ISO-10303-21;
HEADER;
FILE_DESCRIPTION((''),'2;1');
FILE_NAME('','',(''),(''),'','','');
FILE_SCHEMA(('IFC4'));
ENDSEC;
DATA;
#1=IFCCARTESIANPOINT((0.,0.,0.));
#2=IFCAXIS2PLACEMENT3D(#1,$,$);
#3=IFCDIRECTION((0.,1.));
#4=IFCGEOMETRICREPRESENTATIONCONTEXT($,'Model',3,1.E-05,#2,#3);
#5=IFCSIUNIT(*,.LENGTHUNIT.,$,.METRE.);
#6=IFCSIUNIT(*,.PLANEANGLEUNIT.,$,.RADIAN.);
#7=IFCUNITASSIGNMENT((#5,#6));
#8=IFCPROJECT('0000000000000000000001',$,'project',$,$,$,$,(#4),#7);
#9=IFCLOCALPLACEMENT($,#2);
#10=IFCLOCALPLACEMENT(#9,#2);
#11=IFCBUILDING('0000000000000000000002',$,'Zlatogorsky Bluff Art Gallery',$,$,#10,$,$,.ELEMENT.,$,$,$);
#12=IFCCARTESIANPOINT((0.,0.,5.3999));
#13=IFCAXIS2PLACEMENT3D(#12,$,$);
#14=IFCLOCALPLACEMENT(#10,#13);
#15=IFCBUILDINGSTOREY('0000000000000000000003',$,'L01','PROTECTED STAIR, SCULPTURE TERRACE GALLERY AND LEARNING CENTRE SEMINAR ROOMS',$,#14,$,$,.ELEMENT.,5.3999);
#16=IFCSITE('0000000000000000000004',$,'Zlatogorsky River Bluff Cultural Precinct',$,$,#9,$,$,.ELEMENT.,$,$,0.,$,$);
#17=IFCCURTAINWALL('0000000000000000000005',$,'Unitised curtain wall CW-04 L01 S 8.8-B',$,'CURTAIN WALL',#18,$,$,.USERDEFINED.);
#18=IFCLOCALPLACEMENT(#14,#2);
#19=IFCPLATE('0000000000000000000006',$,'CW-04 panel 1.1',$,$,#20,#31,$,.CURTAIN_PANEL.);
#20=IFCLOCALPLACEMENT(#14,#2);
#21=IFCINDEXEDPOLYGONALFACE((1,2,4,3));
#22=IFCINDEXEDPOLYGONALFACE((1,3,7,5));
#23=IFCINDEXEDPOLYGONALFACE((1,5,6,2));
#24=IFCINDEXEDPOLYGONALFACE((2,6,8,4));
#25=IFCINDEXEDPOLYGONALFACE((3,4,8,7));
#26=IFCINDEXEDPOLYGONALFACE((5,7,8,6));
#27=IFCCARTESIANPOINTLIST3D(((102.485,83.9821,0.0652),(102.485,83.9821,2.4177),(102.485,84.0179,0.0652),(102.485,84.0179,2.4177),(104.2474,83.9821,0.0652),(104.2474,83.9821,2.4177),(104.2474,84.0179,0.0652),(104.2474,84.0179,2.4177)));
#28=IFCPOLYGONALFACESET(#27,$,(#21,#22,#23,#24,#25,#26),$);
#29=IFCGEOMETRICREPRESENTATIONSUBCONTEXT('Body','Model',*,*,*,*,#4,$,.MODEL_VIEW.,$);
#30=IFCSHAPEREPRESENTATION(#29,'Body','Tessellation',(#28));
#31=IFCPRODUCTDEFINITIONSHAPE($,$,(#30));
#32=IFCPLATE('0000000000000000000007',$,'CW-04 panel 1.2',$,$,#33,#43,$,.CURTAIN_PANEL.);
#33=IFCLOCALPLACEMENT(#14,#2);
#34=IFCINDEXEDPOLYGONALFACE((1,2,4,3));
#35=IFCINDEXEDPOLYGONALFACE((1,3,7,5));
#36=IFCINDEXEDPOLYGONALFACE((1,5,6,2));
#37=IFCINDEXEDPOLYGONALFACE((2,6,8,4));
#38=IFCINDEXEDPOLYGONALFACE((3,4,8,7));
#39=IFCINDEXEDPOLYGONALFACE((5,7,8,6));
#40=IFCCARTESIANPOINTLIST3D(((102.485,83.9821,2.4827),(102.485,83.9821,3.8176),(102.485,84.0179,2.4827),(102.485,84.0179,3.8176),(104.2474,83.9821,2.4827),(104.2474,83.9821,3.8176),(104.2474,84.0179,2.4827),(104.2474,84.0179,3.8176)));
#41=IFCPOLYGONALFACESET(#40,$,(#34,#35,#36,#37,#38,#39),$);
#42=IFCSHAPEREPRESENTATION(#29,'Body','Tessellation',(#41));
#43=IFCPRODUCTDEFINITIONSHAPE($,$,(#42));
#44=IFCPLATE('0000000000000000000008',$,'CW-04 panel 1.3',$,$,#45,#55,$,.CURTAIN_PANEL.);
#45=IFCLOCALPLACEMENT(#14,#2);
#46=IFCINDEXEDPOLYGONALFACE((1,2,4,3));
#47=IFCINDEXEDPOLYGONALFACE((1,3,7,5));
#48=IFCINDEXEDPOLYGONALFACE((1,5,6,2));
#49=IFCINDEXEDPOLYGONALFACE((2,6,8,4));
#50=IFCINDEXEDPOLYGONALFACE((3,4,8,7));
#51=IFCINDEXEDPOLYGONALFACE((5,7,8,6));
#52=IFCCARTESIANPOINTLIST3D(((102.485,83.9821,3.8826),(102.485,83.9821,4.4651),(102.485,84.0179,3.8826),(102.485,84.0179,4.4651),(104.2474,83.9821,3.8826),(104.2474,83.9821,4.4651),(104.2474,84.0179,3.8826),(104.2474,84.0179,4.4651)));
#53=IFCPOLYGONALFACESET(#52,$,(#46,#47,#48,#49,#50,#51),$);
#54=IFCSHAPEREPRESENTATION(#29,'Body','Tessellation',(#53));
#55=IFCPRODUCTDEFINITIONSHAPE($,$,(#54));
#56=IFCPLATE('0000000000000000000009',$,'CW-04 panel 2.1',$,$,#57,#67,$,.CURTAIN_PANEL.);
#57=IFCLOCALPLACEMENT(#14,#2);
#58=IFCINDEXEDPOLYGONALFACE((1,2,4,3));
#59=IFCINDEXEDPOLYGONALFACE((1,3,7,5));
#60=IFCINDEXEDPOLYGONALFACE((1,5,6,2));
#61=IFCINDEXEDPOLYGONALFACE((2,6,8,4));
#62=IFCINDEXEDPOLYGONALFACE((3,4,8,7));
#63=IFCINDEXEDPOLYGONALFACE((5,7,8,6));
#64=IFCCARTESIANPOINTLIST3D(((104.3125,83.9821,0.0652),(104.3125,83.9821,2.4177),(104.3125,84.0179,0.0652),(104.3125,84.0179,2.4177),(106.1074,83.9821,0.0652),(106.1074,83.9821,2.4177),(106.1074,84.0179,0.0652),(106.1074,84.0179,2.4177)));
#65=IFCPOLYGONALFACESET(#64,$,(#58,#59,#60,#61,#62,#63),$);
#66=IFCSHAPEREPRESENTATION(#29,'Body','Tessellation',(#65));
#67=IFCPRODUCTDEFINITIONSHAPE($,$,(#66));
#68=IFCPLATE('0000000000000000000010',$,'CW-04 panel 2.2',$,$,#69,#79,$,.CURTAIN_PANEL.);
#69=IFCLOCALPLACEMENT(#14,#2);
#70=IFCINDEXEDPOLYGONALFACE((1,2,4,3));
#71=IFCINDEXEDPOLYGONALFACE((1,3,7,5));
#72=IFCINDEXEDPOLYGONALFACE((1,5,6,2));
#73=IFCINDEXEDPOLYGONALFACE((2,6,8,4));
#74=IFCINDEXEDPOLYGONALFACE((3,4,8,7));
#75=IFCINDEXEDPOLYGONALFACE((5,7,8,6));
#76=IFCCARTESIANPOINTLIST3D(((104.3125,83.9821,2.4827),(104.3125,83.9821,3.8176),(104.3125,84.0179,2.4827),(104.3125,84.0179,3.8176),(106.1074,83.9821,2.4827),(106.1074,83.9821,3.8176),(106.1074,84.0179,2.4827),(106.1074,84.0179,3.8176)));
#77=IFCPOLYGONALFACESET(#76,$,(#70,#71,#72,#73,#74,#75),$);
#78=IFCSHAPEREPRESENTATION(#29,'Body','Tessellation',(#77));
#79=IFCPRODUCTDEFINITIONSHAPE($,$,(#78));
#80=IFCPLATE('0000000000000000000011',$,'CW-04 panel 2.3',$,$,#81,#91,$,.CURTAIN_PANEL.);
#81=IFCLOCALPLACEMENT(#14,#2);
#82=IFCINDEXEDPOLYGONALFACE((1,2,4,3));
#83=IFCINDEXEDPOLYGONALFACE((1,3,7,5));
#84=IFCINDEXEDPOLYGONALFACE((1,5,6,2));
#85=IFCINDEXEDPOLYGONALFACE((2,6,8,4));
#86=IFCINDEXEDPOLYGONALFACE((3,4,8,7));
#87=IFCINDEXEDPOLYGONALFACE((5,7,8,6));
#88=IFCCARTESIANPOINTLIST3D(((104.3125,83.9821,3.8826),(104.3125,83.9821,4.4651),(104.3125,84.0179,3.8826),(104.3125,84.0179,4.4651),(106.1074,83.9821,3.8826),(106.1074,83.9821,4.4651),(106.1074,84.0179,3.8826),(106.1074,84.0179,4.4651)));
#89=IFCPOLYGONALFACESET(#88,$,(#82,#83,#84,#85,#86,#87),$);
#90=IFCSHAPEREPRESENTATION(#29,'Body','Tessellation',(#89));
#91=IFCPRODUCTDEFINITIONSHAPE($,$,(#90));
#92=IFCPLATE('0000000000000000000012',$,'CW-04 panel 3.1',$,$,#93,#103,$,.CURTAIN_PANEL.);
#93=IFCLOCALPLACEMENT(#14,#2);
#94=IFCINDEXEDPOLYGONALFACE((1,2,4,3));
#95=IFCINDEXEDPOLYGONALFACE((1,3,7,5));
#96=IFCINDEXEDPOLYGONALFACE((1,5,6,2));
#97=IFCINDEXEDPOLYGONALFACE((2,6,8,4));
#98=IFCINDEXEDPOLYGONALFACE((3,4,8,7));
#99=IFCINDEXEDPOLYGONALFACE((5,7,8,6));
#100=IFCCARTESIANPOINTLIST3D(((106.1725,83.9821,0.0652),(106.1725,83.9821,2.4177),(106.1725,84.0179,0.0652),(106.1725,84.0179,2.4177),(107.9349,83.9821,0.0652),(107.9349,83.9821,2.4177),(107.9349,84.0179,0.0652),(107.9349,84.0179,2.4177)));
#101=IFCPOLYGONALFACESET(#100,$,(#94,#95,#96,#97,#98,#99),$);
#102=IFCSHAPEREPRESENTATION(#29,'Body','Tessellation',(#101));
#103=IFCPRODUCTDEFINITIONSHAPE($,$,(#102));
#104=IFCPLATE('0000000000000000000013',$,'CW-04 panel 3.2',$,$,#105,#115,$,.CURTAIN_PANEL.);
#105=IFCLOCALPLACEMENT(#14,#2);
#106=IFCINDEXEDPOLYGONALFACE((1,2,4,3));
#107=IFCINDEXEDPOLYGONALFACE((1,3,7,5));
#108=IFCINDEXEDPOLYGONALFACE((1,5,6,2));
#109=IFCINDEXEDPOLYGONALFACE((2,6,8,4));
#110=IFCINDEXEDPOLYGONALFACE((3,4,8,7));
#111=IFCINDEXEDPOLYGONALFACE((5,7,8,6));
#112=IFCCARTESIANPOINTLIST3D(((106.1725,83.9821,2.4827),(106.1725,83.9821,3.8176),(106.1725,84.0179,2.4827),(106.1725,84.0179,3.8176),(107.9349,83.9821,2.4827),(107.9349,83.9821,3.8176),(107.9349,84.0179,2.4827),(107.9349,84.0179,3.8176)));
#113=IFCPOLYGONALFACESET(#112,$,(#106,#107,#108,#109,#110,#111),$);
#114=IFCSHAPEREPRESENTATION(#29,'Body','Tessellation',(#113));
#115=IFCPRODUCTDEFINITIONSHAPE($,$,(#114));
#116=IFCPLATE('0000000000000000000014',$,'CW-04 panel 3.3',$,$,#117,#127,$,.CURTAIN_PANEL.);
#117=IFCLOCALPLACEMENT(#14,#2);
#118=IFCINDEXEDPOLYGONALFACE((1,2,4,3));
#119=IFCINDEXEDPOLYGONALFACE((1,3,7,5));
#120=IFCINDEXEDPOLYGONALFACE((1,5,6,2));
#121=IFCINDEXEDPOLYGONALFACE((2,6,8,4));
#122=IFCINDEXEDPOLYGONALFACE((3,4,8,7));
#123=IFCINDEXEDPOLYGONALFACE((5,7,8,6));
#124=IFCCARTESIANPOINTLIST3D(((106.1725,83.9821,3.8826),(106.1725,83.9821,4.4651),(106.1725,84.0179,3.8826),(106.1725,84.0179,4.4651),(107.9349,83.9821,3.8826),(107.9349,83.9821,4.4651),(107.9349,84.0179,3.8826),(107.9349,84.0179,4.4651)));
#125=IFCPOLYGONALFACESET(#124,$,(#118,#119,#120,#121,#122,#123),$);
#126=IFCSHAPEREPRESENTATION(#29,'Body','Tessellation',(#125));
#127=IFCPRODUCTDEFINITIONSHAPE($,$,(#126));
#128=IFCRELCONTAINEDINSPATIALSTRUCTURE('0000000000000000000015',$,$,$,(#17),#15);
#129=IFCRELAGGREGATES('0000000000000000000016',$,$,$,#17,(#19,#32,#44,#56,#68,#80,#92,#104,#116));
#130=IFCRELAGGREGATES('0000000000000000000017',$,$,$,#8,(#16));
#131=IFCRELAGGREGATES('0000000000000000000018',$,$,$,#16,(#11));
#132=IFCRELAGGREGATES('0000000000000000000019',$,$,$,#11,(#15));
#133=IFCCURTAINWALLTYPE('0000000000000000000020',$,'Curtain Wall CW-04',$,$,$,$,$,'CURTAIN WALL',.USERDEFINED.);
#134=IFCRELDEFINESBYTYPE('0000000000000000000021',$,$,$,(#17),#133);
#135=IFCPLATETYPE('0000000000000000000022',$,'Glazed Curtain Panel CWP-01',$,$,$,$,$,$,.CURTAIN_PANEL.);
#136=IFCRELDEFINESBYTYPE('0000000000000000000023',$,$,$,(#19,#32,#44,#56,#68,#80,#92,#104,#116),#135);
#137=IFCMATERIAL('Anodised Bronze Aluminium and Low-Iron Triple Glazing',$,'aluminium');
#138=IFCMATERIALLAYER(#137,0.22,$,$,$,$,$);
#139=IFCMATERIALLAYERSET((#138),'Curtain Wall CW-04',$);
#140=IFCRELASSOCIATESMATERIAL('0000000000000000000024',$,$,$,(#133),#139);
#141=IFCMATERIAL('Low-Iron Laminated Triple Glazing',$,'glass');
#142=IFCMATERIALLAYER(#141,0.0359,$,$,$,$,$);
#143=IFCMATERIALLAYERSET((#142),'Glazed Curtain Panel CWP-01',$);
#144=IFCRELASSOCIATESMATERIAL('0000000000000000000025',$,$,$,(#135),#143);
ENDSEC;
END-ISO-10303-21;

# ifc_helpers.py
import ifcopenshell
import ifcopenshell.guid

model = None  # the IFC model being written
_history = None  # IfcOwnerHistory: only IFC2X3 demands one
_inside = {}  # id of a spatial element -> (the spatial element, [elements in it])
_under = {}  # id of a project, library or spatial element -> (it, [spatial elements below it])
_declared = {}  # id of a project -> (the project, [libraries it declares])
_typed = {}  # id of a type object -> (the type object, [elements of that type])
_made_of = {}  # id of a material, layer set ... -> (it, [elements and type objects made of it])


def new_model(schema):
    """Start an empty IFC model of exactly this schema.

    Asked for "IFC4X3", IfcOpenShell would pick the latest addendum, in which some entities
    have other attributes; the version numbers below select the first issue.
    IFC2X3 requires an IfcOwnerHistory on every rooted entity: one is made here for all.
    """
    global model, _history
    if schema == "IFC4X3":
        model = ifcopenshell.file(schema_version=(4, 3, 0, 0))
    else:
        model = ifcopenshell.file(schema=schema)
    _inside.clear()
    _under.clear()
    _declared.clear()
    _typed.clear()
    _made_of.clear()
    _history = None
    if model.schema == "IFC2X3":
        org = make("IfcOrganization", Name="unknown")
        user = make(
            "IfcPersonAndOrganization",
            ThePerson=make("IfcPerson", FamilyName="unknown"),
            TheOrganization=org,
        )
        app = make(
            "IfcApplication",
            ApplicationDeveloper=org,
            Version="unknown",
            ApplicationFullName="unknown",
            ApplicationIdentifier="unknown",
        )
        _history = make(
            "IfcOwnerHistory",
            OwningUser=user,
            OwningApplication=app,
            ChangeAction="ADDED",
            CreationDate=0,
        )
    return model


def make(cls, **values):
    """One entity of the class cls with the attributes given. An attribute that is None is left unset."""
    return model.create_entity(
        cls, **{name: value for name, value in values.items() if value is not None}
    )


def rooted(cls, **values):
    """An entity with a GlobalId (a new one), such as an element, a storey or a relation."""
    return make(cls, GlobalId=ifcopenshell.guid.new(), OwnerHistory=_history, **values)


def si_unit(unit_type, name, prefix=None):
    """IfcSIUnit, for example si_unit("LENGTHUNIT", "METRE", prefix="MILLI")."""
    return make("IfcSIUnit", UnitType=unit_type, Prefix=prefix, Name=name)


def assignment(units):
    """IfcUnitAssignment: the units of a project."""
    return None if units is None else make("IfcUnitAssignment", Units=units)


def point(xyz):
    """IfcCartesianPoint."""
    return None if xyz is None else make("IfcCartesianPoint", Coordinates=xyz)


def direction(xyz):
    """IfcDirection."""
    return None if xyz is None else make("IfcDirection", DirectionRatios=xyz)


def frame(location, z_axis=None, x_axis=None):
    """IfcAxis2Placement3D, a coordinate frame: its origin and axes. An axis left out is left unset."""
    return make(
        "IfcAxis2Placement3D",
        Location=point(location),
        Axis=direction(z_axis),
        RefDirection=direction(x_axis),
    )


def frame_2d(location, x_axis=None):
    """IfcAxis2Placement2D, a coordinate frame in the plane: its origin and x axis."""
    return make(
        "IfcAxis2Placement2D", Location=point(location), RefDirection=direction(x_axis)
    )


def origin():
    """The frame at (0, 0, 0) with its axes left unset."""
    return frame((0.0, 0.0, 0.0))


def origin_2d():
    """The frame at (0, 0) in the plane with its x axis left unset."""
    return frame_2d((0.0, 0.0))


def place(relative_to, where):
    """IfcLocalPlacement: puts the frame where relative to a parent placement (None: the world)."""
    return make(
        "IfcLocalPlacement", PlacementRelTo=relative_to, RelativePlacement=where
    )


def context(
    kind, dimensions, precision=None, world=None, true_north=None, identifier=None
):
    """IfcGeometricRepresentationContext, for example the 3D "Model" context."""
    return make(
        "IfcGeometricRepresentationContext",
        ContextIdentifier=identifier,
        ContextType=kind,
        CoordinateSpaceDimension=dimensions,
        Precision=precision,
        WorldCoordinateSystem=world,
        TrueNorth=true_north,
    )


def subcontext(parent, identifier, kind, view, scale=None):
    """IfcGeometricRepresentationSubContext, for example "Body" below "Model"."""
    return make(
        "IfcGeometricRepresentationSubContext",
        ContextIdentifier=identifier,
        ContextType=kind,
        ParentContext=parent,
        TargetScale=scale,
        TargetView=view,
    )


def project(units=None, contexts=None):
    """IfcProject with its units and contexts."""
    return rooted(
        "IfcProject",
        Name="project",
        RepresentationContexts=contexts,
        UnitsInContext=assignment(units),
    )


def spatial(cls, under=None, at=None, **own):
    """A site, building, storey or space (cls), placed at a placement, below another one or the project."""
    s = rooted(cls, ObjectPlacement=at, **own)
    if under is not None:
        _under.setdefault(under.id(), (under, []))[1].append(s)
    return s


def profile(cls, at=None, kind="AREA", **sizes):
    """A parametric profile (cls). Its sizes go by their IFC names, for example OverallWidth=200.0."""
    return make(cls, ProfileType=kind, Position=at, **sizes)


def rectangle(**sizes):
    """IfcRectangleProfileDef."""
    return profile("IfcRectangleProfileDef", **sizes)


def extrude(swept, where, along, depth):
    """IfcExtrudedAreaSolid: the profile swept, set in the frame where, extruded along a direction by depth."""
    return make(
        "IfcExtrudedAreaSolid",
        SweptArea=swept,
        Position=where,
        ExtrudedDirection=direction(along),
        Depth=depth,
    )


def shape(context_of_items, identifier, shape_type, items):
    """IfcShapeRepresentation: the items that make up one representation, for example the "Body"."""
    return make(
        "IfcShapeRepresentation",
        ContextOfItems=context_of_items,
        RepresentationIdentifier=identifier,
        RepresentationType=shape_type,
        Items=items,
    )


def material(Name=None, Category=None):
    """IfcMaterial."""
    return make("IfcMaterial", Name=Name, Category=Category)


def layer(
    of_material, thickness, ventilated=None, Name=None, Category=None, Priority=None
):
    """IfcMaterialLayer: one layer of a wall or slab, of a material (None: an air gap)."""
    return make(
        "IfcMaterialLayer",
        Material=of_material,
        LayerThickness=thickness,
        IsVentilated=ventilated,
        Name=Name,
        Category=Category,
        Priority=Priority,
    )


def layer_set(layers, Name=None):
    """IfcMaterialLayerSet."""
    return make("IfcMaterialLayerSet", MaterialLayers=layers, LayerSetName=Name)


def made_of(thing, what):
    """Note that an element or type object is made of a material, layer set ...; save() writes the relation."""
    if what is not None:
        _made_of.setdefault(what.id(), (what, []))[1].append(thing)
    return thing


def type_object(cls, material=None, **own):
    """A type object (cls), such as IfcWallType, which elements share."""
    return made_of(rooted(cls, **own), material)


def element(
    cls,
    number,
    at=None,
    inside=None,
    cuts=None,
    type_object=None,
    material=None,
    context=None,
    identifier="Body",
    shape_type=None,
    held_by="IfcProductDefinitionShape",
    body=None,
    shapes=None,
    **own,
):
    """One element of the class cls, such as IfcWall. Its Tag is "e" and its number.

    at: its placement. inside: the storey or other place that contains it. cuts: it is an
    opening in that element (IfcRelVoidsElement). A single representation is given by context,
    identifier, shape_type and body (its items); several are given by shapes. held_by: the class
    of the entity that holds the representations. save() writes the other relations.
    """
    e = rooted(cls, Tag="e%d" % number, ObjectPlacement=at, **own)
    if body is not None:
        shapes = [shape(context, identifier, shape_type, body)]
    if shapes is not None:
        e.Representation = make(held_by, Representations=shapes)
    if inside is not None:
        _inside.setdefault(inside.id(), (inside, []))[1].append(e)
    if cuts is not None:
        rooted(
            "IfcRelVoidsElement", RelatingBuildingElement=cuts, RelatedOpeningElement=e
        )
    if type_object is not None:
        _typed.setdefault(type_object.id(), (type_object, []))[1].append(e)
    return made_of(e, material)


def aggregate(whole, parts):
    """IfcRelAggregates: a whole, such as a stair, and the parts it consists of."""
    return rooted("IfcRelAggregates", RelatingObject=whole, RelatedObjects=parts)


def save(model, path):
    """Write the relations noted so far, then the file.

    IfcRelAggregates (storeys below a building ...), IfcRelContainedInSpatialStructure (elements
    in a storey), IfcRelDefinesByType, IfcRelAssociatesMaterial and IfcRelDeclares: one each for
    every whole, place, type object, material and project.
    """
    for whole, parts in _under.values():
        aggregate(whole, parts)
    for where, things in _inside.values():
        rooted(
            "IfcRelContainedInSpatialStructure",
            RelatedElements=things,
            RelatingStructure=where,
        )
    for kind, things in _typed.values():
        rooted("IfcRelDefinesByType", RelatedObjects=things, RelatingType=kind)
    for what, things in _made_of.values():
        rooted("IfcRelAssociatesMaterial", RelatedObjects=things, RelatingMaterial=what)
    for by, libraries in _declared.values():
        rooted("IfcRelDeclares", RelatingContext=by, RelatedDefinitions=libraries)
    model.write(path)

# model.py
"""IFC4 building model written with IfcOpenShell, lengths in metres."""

from ifc_helpers import new_model, si_unit, direction, frame, origin, origin_2d, place, context, subcontext, project, spatial, rectangle, extrude, material, layer, layer_set, type_object, element, aggregate, save


model = new_model("IFC4")

# Units and contexts
model_context = context("Model", 3, precision=1e-05, world=origin(), true_north=direction((0.0, 1.0)))
body_context = subcontext(model_context, "Body", "Model", "MODEL_VIEW")
ifc_project = project(units=[si_unit("LENGTHUNIT", "METRE"), si_unit("PLANEANGLEUNIT", "RADIAN")], contexts=[model_context])

# Site, building, storey
site_placement = place(None, origin())
site = spatial("IfcSite", under=ifc_project, at=site_placement, Name="Zlatogorsky River Bluff Cultural Precinct", CompositionType="ELEMENT", RefElevation=0.0)
building_placement = place(site_placement, origin())
building = spatial("IfcBuilding", under=site, at=building_placement, Name="Zlatogorsky Bluff Art Gallery", CompositionType="ELEMENT")
storey_placement = place(building_placement, frame((0.0, 0.0, 5.3999)))
storey = spatial("IfcBuildingStorey", under=building, at=storey_placement, Name="L01", Description="PROTECTED STAIR, SCULPTURE TERRACE GALLERY AND LEARNING CENTRE SEMINAR ROOMS", CompositionType="ELEMENT", Elevation=5.3999)

# Curtain wall
ifc_material_1 = material(Name="Anodised Bronze Aluminium and Low-Iron Triple Glazing", Category="aluminium")
ifc_layer_1 = layer(ifc_material_1, 0.22)
ifc_layer_set_1 = layer_set([ifc_layer_1], Name="Curtain Wall CW-04")
curtain_wall_type = type_object("IfcCurtainWallType", Name="Curtain Wall CW-04", ElementType="CURTAIN WALL", PredefinedType="USERDEFINED", material=ifc_layer_set_1)
curtain_wall_1_placement = place(storey_placement, origin())
curtain_wall_1 = element("IfcCurtainWall", 1, at=curtain_wall_1_placement, inside=storey, type_object=curtain_wall_type, Name="Unitised curtain wall CW-04 L01 S 8.8-B", ObjectType="CURTAIN WALL", PredefinedType="USERDEFINED")

# Plates
ifc_material_2 = material(Name="Low-Iron Laminated Triple Glazing", Category="glass")
ifc_layer_2 = layer(ifc_material_2, 0.0359)
ifc_layer_set_2 = layer_set([ifc_layer_2], Name="Glazed Curtain Panel CWP-01")
plate_type = type_object("IfcPlateType", Name="Glazed Curtain Panel CWP-01", PredefinedType="CURTAIN_PANEL", material=ifc_layer_set_2)
plate_1_placement = place(storey_placement, frame((103.3662, 84.0, 0.0652), z_axis=(0.0, 0.0, 1.0), x_axis=(1.0, 0.0, 0.0)))
plate_1 = element("IfcPlate", 2, at=plate_1_placement, type_object=plate_type, Name="CW-04 panel 1.1", PredefinedType="CURTAIN_PANEL", context=body_context, shape_type="SweptSolid", body=[
    extrude(rectangle(XDim=1.7625, YDim=0.0359, at=origin_2d()), origin(), (0.0, 0.0, 1.0), 2.3525),
])
plate_2_placement = place(storey_placement, frame((103.3662, 84.0, 2.4827), z_axis=(0.0, 0.0, 1.0), x_axis=(1.0, 0.0, 0.0)))
plate_2 = element("IfcPlate", 3, at=plate_2_placement, type_object=plate_type, Name="CW-04 panel 1.2", PredefinedType="CURTAIN_PANEL", context=body_context, shape_type="SweptSolid", body=[
    extrude(rectangle(XDim=1.7625, YDim=0.0359, at=origin_2d()), origin(), (0.0, 0.0, 1.0), 1.335),
])
plate_3_placement = place(storey_placement, frame((103.3662, 84.0, 3.8826), z_axis=(0.0, 0.0, 1.0), x_axis=(1.0, 0.0, 0.0)))
plate_3 = element("IfcPlate", 4, at=plate_3_placement, type_object=plate_type, Name="CW-04 panel 1.3", PredefinedType="CURTAIN_PANEL", context=body_context, shape_type="SweptSolid", body=[
    extrude(rectangle(XDim=1.7625, YDim=0.0359, at=origin_2d()), origin(), (0.0, 0.0, 1.0), 0.5825),
])
plate_4_placement = place(storey_placement, frame((105.21, 84.0, 0.0652), z_axis=(0.0, 0.0, 1.0), x_axis=(1.0, 0.0, 0.0)))
plate_4 = element("IfcPlate", 5, at=plate_4_placement, type_object=plate_type, Name="CW-04 panel 2.1", PredefinedType="CURTAIN_PANEL", context=body_context, shape_type="SweptSolid", body=[
    extrude(rectangle(XDim=1.7949, YDim=0.0359, at=origin_2d()), origin(), (0.0, 0.0, 1.0), 2.3525),
])
plate_5_placement = place(storey_placement, frame((105.21, 84.0, 2.4827), z_axis=(0.0, 0.0, 1.0), x_axis=(1.0, 0.0, 0.0)))
plate_5 = element("IfcPlate", 6, at=plate_5_placement, type_object=plate_type, Name="CW-04 panel 2.2", PredefinedType="CURTAIN_PANEL", context=body_context, shape_type="SweptSolid", body=[
    extrude(rectangle(XDim=1.7949, YDim=0.0359, at=origin_2d()), origin(), (0.0, 0.0, 1.0), 1.335),
])
plate_6_placement = place(storey_placement, frame((105.21, 84.0, 3.8826), z_axis=(0.0, 0.0, 1.0), x_axis=(1.0, 0.0, 0.0)))
plate_6 = element("IfcPlate", 7, at=plate_6_placement, type_object=plate_type, Name="CW-04 panel 2.3", PredefinedType="CURTAIN_PANEL", context=body_context, shape_type="SweptSolid", body=[
    extrude(rectangle(XDim=1.7949, YDim=0.0359, at=origin_2d()), origin(), (0.0, 0.0, 1.0), 0.5825),
])
plate_7_placement = place(storey_placement, frame((107.0537, 84.0, 0.0652), z_axis=(0.0, 0.0, 1.0), x_axis=(1.0, 0.0, 0.0)))
plate_7 = element("IfcPlate", 8, at=plate_7_placement, type_object=plate_type, Name="CW-04 panel 3.1", PredefinedType="CURTAIN_PANEL", context=body_context, shape_type="SweptSolid", body=[
    extrude(rectangle(XDim=1.7625, YDim=0.0359, at=origin_2d()), origin(), (0.0, 0.0, 1.0), 2.3525),
])
plate_8_placement = place(storey_placement, frame((107.0537, 84.0, 2.4827), z_axis=(0.0, 0.0, 1.0), x_axis=(1.0, 0.0, 0.0)))
plate_8 = element("IfcPlate", 9, at=plate_8_placement, type_object=plate_type, Name="CW-04 panel 3.2", PredefinedType="CURTAIN_PANEL", context=body_context, shape_type="SweptSolid", body=[
    extrude(rectangle(XDim=1.7625, YDim=0.0359, at=origin_2d()), origin(), (0.0, 0.0, 1.0), 1.335),
])
plate_9_placement = place(storey_placement, frame((107.0537, 84.0, 3.8826), z_axis=(0.0, 0.0, 1.0), x_axis=(1.0, 0.0, 0.0)))
plate_9 = element("IfcPlate", 10, at=plate_9_placement, type_object=plate_type, Name="CW-04 panel 3.3", PredefinedType="CURTAIN_PANEL", context=body_context, shape_type="SweptSolid", body=[
    extrude(rectangle(XDim=1.7625, YDim=0.0359, at=origin_2d()), origin(), (0.0, 0.0, 1.0), 0.5825),
])
aggregate(curtain_wall_1, [plate_1, plate_2, plate_3, plate_4, plate_5, plate_6, plate_7, plate_8, plate_9])

save(model, "model.ifc")
